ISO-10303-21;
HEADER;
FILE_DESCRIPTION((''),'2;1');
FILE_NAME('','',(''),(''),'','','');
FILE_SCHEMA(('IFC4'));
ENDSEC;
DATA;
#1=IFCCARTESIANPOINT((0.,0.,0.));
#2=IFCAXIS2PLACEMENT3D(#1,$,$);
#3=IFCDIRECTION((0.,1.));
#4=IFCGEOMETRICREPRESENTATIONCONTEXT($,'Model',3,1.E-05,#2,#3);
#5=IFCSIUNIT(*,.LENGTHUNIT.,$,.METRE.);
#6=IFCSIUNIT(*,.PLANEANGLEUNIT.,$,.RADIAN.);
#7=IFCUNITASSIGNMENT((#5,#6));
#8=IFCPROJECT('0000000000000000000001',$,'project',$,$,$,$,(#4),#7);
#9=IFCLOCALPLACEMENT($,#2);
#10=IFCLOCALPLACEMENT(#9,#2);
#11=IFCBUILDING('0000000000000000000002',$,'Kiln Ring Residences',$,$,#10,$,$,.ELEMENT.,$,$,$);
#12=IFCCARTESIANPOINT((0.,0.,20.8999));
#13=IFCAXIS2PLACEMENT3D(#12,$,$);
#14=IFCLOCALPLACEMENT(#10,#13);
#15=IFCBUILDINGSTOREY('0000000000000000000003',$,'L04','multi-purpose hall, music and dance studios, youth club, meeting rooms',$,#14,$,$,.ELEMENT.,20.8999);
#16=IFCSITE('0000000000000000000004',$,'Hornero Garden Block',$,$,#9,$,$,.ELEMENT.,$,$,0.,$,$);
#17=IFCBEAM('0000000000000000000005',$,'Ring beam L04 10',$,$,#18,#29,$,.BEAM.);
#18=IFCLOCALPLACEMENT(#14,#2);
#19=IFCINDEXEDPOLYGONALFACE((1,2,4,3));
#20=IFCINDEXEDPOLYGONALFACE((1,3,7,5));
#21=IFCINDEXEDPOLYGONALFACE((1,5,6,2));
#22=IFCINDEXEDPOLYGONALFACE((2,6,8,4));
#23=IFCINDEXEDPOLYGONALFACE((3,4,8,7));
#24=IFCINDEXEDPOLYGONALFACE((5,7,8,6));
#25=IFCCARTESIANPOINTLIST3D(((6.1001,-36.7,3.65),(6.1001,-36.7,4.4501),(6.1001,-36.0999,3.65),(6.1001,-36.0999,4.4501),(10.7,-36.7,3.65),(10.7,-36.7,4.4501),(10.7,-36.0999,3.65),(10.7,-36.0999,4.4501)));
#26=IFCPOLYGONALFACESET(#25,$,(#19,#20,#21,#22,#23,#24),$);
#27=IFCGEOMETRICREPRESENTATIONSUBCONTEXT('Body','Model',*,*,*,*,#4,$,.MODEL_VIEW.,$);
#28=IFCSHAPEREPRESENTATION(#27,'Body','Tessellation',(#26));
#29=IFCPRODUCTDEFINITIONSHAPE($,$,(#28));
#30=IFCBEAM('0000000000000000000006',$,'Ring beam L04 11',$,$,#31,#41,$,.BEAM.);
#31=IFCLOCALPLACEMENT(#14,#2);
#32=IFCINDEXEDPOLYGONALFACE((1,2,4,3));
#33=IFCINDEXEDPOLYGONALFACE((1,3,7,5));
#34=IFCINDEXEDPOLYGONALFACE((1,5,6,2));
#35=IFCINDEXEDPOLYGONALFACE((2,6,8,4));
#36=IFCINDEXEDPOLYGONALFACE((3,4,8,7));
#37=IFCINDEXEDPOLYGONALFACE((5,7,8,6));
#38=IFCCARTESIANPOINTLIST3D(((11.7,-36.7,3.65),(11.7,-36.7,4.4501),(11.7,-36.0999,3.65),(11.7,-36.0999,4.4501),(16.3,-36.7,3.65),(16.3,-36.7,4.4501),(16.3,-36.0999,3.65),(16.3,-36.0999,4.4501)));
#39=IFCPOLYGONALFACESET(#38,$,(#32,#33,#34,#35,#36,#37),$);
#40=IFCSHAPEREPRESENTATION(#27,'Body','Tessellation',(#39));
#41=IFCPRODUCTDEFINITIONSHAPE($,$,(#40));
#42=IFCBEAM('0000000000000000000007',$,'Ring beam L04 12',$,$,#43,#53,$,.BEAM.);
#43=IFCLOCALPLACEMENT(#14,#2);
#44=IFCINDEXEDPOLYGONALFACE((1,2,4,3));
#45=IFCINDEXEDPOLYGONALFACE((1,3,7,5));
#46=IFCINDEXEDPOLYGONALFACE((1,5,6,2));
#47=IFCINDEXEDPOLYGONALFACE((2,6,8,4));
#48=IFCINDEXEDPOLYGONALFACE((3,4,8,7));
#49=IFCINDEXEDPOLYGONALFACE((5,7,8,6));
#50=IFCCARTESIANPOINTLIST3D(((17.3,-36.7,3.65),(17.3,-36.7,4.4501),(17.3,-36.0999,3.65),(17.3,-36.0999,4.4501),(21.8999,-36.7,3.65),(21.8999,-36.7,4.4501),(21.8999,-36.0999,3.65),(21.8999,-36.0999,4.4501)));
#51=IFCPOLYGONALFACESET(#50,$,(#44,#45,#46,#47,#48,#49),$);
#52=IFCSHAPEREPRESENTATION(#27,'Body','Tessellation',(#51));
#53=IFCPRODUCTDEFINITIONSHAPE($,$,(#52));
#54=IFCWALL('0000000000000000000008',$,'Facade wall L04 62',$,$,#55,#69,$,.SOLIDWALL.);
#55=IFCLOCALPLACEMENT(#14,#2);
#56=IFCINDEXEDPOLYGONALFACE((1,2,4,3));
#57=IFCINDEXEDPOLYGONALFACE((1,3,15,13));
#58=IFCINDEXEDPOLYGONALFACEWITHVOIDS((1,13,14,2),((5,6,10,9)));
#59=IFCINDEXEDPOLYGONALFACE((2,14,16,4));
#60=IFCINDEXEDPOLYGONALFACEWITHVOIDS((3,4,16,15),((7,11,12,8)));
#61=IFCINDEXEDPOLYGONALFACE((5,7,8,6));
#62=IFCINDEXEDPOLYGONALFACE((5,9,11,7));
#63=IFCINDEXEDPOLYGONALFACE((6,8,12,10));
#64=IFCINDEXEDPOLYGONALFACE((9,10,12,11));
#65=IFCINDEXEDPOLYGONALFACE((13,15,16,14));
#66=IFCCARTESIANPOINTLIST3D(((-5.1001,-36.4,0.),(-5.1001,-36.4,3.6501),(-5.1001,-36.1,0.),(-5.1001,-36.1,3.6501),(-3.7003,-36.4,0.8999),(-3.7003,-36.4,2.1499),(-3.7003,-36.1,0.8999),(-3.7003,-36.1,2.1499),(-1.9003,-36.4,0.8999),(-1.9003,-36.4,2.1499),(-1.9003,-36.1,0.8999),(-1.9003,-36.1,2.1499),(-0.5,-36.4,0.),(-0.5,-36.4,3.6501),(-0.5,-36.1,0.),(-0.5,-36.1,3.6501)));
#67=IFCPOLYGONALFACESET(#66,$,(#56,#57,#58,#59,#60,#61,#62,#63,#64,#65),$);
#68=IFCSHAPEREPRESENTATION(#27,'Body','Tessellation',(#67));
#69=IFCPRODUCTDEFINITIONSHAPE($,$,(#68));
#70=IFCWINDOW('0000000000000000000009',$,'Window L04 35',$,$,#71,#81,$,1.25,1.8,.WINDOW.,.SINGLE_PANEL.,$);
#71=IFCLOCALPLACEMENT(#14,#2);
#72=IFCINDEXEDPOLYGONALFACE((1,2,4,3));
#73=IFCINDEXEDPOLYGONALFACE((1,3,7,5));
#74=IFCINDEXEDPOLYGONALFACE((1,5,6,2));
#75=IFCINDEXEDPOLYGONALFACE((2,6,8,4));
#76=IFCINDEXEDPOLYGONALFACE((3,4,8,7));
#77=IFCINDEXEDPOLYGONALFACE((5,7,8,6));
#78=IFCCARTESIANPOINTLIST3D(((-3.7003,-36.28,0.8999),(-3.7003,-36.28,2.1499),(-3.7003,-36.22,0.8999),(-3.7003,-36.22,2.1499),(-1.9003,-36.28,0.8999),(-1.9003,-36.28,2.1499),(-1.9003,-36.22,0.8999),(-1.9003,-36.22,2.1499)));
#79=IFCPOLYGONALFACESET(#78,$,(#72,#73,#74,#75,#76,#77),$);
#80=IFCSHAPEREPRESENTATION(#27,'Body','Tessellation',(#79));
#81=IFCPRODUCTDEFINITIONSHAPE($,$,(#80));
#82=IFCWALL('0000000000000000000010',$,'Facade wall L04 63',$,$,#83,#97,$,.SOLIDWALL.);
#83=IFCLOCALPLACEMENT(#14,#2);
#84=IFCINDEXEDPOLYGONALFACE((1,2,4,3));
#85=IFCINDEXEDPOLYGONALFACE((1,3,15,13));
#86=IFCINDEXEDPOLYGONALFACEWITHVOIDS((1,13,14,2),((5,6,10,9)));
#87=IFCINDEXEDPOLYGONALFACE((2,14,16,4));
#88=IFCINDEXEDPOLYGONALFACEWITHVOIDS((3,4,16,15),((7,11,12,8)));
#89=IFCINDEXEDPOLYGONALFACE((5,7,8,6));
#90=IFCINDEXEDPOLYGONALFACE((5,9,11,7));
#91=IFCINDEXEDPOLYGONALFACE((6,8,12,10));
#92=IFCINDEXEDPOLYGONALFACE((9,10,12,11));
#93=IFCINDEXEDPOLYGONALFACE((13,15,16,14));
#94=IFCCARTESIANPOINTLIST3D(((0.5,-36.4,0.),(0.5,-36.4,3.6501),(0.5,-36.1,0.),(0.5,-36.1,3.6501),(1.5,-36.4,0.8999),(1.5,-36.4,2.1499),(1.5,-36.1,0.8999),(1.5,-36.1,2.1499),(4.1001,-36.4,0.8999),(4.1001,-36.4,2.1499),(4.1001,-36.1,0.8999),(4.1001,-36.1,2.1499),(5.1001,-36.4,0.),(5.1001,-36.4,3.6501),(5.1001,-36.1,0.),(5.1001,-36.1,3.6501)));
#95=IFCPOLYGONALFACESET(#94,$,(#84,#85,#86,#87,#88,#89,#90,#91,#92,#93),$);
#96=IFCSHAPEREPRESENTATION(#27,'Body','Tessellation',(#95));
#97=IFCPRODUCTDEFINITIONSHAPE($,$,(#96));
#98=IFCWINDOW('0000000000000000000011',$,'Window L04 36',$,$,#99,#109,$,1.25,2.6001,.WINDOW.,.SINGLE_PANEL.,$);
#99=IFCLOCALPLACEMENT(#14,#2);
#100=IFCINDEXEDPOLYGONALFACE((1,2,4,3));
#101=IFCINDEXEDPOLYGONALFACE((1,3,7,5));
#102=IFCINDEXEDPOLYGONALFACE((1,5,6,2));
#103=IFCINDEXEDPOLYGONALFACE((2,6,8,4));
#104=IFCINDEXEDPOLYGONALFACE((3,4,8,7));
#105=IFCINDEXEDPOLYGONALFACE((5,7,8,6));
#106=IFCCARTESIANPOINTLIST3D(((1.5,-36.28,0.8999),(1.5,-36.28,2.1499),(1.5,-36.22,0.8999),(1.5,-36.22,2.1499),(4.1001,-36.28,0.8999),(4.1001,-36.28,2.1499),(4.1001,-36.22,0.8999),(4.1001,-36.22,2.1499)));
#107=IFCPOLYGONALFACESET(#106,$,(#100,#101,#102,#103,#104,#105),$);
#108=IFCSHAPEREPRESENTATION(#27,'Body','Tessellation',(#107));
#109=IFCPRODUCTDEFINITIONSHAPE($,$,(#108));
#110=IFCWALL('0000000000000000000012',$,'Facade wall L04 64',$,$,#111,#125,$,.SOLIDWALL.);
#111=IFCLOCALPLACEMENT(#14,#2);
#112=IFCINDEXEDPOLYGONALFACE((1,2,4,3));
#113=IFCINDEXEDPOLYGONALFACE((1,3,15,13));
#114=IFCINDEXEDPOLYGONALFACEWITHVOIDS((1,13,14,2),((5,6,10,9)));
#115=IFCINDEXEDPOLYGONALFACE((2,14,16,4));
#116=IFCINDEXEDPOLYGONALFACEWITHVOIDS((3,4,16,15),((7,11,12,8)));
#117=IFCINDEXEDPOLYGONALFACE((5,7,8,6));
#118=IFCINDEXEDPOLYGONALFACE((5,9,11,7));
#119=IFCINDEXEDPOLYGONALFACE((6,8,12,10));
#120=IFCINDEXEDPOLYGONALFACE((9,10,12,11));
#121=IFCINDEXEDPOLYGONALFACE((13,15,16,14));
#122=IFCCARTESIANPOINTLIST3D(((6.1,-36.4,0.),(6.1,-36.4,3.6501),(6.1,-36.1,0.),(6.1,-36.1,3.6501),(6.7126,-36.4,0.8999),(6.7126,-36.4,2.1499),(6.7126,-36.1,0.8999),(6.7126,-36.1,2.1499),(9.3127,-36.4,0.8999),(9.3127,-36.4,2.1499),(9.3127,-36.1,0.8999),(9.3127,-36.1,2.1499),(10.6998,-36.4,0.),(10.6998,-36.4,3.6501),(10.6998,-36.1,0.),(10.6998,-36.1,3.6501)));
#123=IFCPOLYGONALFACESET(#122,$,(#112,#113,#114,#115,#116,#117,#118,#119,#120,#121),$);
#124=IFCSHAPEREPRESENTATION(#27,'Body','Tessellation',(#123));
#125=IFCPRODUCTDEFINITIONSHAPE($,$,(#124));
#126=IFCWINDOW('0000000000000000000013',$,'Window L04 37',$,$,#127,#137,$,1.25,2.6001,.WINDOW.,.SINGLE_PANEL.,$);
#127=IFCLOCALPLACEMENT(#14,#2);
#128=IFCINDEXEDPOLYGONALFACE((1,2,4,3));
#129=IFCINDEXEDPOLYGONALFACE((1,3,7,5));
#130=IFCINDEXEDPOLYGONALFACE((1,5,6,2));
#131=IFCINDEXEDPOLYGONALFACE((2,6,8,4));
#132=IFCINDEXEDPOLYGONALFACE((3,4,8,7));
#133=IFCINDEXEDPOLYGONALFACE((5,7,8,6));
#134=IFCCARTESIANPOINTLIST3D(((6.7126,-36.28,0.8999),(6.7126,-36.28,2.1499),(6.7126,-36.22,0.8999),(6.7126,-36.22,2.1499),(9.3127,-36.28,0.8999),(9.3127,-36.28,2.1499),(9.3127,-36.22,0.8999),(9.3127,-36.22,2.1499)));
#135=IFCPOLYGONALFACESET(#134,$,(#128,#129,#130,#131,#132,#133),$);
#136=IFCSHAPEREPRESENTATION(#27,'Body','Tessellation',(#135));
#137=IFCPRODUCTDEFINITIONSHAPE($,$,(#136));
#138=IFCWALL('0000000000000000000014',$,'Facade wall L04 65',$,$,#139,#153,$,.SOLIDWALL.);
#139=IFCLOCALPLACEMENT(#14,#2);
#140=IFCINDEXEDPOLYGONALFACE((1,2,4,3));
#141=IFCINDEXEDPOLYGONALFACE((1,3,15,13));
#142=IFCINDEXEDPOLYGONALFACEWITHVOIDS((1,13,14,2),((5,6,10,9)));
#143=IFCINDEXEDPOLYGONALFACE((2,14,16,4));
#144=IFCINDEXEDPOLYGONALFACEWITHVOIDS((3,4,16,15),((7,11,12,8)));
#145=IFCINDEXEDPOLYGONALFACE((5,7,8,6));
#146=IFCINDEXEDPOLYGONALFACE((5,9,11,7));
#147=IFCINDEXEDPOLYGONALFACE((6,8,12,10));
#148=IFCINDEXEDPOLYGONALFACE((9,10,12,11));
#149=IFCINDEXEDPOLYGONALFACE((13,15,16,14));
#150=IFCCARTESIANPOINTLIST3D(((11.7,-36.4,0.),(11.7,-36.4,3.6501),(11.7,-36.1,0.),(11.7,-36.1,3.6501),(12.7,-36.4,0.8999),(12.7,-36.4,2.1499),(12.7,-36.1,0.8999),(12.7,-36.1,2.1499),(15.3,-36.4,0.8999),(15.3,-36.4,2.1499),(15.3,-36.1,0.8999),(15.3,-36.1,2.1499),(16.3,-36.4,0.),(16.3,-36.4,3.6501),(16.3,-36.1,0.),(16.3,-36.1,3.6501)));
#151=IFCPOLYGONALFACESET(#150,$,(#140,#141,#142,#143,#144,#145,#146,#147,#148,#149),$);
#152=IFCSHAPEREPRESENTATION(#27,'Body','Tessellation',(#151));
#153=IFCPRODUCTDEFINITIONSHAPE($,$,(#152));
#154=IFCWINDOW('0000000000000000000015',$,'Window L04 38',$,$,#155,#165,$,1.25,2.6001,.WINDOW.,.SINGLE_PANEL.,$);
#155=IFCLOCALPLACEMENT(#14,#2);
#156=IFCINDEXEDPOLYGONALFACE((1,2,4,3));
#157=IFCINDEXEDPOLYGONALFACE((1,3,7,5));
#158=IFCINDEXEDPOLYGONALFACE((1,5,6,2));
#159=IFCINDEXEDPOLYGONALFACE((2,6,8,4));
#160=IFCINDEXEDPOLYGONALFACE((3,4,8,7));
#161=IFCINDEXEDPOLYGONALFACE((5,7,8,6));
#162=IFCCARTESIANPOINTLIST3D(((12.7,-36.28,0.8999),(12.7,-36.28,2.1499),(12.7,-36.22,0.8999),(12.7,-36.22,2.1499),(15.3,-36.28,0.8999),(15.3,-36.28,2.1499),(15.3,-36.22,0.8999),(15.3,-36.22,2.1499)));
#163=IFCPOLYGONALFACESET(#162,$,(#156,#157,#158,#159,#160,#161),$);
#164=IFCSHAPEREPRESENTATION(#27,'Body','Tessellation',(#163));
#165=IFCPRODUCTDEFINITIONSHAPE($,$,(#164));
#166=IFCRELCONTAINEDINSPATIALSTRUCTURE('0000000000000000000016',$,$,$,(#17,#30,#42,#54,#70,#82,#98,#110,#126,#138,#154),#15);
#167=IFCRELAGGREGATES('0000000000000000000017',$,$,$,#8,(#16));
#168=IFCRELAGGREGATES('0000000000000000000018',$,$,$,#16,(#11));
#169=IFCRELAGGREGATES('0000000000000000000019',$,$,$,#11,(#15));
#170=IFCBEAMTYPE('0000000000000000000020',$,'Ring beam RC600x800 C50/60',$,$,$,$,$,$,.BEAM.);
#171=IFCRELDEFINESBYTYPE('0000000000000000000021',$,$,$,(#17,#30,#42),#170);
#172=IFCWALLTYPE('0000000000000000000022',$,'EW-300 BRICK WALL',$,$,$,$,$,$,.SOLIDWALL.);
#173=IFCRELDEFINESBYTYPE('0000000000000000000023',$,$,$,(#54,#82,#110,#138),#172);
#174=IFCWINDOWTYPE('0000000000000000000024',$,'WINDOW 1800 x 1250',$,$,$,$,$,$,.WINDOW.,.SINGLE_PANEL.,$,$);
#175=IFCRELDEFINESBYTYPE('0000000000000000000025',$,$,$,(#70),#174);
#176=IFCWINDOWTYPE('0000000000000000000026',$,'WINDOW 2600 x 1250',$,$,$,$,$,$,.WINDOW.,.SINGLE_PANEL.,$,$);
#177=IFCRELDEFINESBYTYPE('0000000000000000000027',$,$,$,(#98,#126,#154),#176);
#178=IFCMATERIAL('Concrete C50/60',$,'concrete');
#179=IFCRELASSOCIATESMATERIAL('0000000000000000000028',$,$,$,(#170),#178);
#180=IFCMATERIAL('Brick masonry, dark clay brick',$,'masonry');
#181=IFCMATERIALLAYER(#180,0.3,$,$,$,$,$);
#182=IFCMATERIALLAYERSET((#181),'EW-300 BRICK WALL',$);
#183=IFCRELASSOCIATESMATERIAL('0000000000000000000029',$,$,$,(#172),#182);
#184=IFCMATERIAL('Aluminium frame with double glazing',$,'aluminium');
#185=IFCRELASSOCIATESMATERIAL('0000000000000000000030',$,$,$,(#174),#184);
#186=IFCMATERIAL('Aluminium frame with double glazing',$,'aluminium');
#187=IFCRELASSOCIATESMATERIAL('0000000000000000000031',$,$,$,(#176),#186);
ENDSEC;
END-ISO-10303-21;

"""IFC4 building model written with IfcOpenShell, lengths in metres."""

from ifc_helpers import new_model, si_unit, direction, frame, frame_2d, origin, origin_2d, place, context, subcontext, project, spatial, rectangle, extrude, material, layer, layer_set, material_profile, profile_set, type_object, element, fill, save


model = new_model("IFC4")

# Units and contexts
model_context = context("Model", 3, precision=1e-05, world=origin(), true_north=direction((0.0, 1.0)))
body_context = subcontext(model_context, "Body", "Model", "MODEL_VIEW")
ifc_project = project(units=[si_unit("LENGTHUNIT", "METRE"), si_unit("PLANEANGLEUNIT", "RADIAN")], contexts=[model_context])

# Site, building, storey
site_placement = place(None, origin())
site = spatial("IfcSite", under=ifc_project, at=site_placement, Name="Hornero Garden Block", CompositionType="ELEMENT", RefElevation=0.0)
building_placement = place(site_placement, origin())
building = spatial("IfcBuilding", under=site, at=building_placement, Name="Kiln Ring Residences", CompositionType="ELEMENT")
storey_placement = place(building_placement, frame((0.0, 0.0, 20.8999)))
storey = spatial("IfcBuildingStorey", under=building, at=storey_placement, Name="L04", Description="multi-purpose hall, music and dance studios, youth club, meeting rooms", CompositionType="ELEMENT", Elevation=20.8999)

# Beams
ifc_material_1 = material(Name="Concrete C50/60", Category="concrete")
ifc_material_profile_1 = material_profile(ifc_material_1, rectangle(XDim=0.6001, YDim=0.8, at=origin_2d()), Name="RC600x800")
ifc_profile_set_1 = profile_set([ifc_material_profile_1], Name="Concrete C50/60")
beam_type = type_object("IfcBeamType", Name="Ring beam RC600x800 C50/60", PredefinedType="BEAM", material=ifc_profile_set_1)
beam_1_placement = place(storey_placement, frame((6.1001, -36.3999, 4.05), z_axis=(1.0, 0.0, 0.0), x_axis=(0.0, 1.0, 0.0)))
element("IfcBeam", 1, at=beam_1_placement, inside=storey, type_object=beam_type, Name="Ring beam L04 10", PredefinedType="BEAM", context=body_context, shape_type="SweptSolid", body=[
    extrude(rectangle(XDim=0.6001, YDim=0.8, at=origin_2d()), origin(), (0.0, 0.0, 1.0), 4.5999),
])
beam_2_placement = place(storey_placement, frame((11.7, -36.3999, 4.05), z_axis=(1.0, 0.0, 0.0), x_axis=(0.0, 1.0, 0.0)))
element("IfcBeam", 2, at=beam_2_placement, inside=storey, type_object=beam_type, Name="Ring beam L04 11", PredefinedType="BEAM", context=body_context, shape_type="SweptSolid", body=[
    extrude(rectangle(XDim=0.6001, YDim=0.8, at=origin_2d()), origin(), (0.0, 0.0, 1.0), 4.6001),
])
beam_3_placement = place(storey_placement, frame((17.3, -36.3999, 4.05), z_axis=(1.0, 0.0, 0.0), x_axis=(0.0, 1.0, 0.0)))
element("IfcBeam", 3, at=beam_3_placement, inside=storey, type_object=beam_type, Name="Ring beam L04 12", PredefinedType="BEAM", context=body_context, shape_type="SweptSolid", body=[
    extrude(rectangle(XDim=0.6001, YDim=0.8, at=origin_2d()), origin(), (0.0, 0.0, 1.0), 4.5999),
])

# Walls, openings, windows
ifc_material_2 = material(Name="Brick masonry, dark clay brick", Category="masonry")
ifc_layer_1 = layer(ifc_material_2, 0.3)
ifc_layer_set_1 = layer_set([ifc_layer_1], Name="EW-300 BRICK WALL")
wall_type_1 = type_object("IfcWallType", Name="EW-300 BRICK WALL", PredefinedType="SOLIDWALL", material=ifc_layer_set_1)
wall_1_placement = place(storey_placement, frame((-5.1001, -36.25, 0.0), z_axis=(0.0, 0.0, 1.0), x_axis=(1.0, 0.0, 0.0)))
wall_1 = element("IfcWall", 4, at=wall_1_placement, inside=storey, type_object=wall_type_1, Name="Facade wall L04 62", PredefinedType="SOLIDWALL", context=body_context, shape_type="SweptSolid", body=[
    extrude(rectangle(XDim=4.6001, YDim=0.3, at=frame_2d((2.3, 0.0))), origin(), (0.0, 0.0, 1.0), 3.6501),
])
opening_1_placement = place(wall_1_placement, frame((1.3999, 0.0, 0.8999)))
opening_1 = element("IfcOpeningElement", 5, at=opening_1_placement, cuts=wall_1, PredefinedType="OPENING", context=body_context, shape_type="SweptSolid", body=[
    extrude(rectangle(XDim=1.8, YDim=1.25, at=frame_2d((0.8999, 0.625))), frame((0.0, 0.1599, 0.0), z_axis=(0.0, -1.0, 0.0), x_axis=(1.0, 0.0, 0.0)), (0.0, 0.0, 1.0), 0.3201),
])
ifc_material_3 = material(Name="Aluminium frame with double glazing", Category="aluminium")
window_type_1 = type_object("IfcWindowType", Name="WINDOW 1800 x 1250", PartitioningType="SINGLE_PANEL", PredefinedType="WINDOW", material=ifc_material_3)
window_1_placement = place(opening_1_placement, origin())
window_1 = element("IfcWindow", 6, at=window_1_placement, inside=storey, type_object=window_type_1, Name="Window L04 35", OverallHeight=1.25, OverallWidth=1.8, PartitioningType="SINGLE_PANEL", PredefinedType="WINDOW", context=body_context, shape_type="SweptSolid", body=[
    extrude(rectangle(XDim=1.8, YDim=1.25, at=frame_2d((0.8999, 0.625))), frame((0.0, 0.03, 0.0), z_axis=(0.0, -1.0, 0.0), x_axis=(1.0, 0.0, 0.0)), (0.0, 0.0, 1.0), 0.0601),
])
fill(opening_1, window_1)
wall_2_placement = place(storey_placement, frame((0.5, -36.25, 0.0), z_axis=(0.0, 0.0, 1.0), x_axis=(1.0, 0.0, 0.0)))
wall_2 = element("IfcWall", 7, at=wall_2_placement, inside=storey, type_object=wall_type_1, Name="Facade wall L04 63", PredefinedType="SOLIDWALL", context=body_context, shape_type="SweptSolid", body=[
    extrude(rectangle(XDim=4.6001, YDim=0.3, at=frame_2d((2.3, 0.0))), origin(), (0.0, 0.0, 1.0), 3.6501),
])
opening_2_placement = place(wall_2_placement, frame((1.0, 0.0, 0.8999)))
opening_2 = element("IfcOpeningElement", 8, at=opening_2_placement, cuts=wall_2, PredefinedType="OPENING", context=body_context, shape_type="SweptSolid", body=[
    extrude(rectangle(XDim=2.6001, YDim=1.25, at=frame_2d((1.3, 0.625))), frame((0.0, 0.1599, 0.0), z_axis=(0.0, -1.0, 0.0), x_axis=(1.0, 0.0, 0.0)), (0.0, 0.0, 1.0), 0.3201),
])
ifc_material_4 = material(Name="Aluminium frame with double glazing", Category="aluminium")
window_type_2 = type_object("IfcWindowType", Name="WINDOW 2600 x 1250", PartitioningType="SINGLE_PANEL", PredefinedType="WINDOW", material=ifc_material_4)
window_2_placement = place(opening_2_placement, origin())
window_2 = element("IfcWindow", 9, at=window_2_placement, inside=storey, type_object=window_type_2, Name="Window L04 36", OverallHeight=1.25, OverallWidth=2.6001, PartitioningType="SINGLE_PANEL", PredefinedType="WINDOW", context=body_context, shape_type="SweptSolid", body=[
    extrude(rectangle(XDim=2.6001, YDim=1.25, at=frame_2d((1.3, 0.625))), frame((0.0, 0.03, 0.0), z_axis=(0.0, -1.0, 0.0), x_axis=(1.0, 0.0, 0.0)), (0.0, 0.0, 1.0), 0.0601),
])
fill(opening_2, window_2)
wall_3_placement = place(storey_placement, frame((6.1001, -36.25, 0.0), z_axis=(0.0, 0.0, 1.0), x_axis=(1.0, 0.0, 0.0)))
wall_3 = element("IfcWall", 10, at=wall_3_placement, inside=storey, type_object=wall_type_1, Name="Facade wall L04 64", PredefinedType="SOLIDWALL", context=body_context, shape_type="SweptSolid", body=[
    extrude(rectangle(XDim=4.5999, YDim=0.3, at=frame_2d((2.2998, 0.0))), origin(), (0.0, 0.0, 1.0), 3.6501),
])
opening_3_placement = place(wall_3_placement, frame((0.6125, 0.0, 0.8999)))
opening_3 = element("IfcOpeningElement", 11, at=opening_3_placement, cuts=wall_3, PredefinedType="OPENING", context=body_context, shape_type="SweptSolid", body=[
    extrude(rectangle(XDim=2.6001, YDim=1.25, at=frame_2d((1.3, 0.625))), frame((0.0, 0.1599, 0.0), z_axis=(0.0, -1.0, 0.0), x_axis=(1.0, 0.0, 0.0)), (0.0, 0.0, 1.0), 0.3201),
])
window_3_placement = place(opening_3_placement, origin())
window_3 = element("IfcWindow", 12, at=window_3_placement, inside=storey, type_object=window_type_2, Name="Window L04 37", OverallHeight=1.25, OverallWidth=2.6001, PartitioningType="SINGLE_PANEL", PredefinedType="WINDOW", context=body_context, shape_type="SweptSolid", body=[
    extrude(rectangle(XDim=2.6001, YDim=1.25, at=frame_2d((1.3, 0.625))), frame((0.0, 0.03, 0.0), z_axis=(0.0, -1.0, 0.0), x_axis=(1.0, 0.0, 0.0)), (0.0, 0.0, 1.0), 0.0601),
])
fill(opening_3, window_3)
wall_4_placement = place(storey_placement, frame((11.7, -36.25, 0.0), z_axis=(0.0, 0.0, 1.0), x_axis=(1.0, 0.0, 0.0)))
wall_4 = element("IfcWall", 13, at=wall_4_placement, inside=storey, type_object=wall_type_1, Name="Facade wall L04 65", PredefinedType="SOLIDWALL", context=body_context, shape_type="SweptSolid", body=[
    extrude(rectangle(XDim=4.6001, YDim=0.3, at=frame_2d((2.3, 0.0))), origin(), (0.0, 0.0, 1.0), 3.6501),
])
opening_4_placement = place(wall_4_placement, frame((1.0, 0.0, 0.8999)))
opening_4 = element("IfcOpeningElement", 14, at=opening_4_placement, cuts=wall_4, PredefinedType="OPENING", context=body_context, shape_type="SweptSolid", body=[
    extrude(rectangle(XDim=2.6001, YDim=1.25, at=frame_2d((1.3, 0.625))), frame((0.0, 0.1599, 0.0), z_axis=(0.0, -1.0, 0.0), x_axis=(1.0, 0.0, 0.0)), (0.0, 0.0, 1.0), 0.3201),
])
window_4_placement = place(opening_4_placement, origin())
window_4 = element("IfcWindow", 15, at=window_4_placement, inside=storey, type_object=window_type_2, Name="Window L04 38", OverallHeight=1.25, OverallWidth=2.6001, PartitioningType="SINGLE_PANEL", PredefinedType="WINDOW", context=body_context, shape_type="SweptSolid", body=[
    extrude(rectangle(XDim=2.6001, YDim=1.25, at=frame_2d((1.3, 0.625))), frame((0.0, 0.03, 0.0), z_axis=(0.0, -1.0, 0.0), x_axis=(1.0, 0.0, 0.0)), (0.0, 0.0, 1.0), 0.0601),
])
fill(opening_4, window_4)

save(model, "model.ifc")
